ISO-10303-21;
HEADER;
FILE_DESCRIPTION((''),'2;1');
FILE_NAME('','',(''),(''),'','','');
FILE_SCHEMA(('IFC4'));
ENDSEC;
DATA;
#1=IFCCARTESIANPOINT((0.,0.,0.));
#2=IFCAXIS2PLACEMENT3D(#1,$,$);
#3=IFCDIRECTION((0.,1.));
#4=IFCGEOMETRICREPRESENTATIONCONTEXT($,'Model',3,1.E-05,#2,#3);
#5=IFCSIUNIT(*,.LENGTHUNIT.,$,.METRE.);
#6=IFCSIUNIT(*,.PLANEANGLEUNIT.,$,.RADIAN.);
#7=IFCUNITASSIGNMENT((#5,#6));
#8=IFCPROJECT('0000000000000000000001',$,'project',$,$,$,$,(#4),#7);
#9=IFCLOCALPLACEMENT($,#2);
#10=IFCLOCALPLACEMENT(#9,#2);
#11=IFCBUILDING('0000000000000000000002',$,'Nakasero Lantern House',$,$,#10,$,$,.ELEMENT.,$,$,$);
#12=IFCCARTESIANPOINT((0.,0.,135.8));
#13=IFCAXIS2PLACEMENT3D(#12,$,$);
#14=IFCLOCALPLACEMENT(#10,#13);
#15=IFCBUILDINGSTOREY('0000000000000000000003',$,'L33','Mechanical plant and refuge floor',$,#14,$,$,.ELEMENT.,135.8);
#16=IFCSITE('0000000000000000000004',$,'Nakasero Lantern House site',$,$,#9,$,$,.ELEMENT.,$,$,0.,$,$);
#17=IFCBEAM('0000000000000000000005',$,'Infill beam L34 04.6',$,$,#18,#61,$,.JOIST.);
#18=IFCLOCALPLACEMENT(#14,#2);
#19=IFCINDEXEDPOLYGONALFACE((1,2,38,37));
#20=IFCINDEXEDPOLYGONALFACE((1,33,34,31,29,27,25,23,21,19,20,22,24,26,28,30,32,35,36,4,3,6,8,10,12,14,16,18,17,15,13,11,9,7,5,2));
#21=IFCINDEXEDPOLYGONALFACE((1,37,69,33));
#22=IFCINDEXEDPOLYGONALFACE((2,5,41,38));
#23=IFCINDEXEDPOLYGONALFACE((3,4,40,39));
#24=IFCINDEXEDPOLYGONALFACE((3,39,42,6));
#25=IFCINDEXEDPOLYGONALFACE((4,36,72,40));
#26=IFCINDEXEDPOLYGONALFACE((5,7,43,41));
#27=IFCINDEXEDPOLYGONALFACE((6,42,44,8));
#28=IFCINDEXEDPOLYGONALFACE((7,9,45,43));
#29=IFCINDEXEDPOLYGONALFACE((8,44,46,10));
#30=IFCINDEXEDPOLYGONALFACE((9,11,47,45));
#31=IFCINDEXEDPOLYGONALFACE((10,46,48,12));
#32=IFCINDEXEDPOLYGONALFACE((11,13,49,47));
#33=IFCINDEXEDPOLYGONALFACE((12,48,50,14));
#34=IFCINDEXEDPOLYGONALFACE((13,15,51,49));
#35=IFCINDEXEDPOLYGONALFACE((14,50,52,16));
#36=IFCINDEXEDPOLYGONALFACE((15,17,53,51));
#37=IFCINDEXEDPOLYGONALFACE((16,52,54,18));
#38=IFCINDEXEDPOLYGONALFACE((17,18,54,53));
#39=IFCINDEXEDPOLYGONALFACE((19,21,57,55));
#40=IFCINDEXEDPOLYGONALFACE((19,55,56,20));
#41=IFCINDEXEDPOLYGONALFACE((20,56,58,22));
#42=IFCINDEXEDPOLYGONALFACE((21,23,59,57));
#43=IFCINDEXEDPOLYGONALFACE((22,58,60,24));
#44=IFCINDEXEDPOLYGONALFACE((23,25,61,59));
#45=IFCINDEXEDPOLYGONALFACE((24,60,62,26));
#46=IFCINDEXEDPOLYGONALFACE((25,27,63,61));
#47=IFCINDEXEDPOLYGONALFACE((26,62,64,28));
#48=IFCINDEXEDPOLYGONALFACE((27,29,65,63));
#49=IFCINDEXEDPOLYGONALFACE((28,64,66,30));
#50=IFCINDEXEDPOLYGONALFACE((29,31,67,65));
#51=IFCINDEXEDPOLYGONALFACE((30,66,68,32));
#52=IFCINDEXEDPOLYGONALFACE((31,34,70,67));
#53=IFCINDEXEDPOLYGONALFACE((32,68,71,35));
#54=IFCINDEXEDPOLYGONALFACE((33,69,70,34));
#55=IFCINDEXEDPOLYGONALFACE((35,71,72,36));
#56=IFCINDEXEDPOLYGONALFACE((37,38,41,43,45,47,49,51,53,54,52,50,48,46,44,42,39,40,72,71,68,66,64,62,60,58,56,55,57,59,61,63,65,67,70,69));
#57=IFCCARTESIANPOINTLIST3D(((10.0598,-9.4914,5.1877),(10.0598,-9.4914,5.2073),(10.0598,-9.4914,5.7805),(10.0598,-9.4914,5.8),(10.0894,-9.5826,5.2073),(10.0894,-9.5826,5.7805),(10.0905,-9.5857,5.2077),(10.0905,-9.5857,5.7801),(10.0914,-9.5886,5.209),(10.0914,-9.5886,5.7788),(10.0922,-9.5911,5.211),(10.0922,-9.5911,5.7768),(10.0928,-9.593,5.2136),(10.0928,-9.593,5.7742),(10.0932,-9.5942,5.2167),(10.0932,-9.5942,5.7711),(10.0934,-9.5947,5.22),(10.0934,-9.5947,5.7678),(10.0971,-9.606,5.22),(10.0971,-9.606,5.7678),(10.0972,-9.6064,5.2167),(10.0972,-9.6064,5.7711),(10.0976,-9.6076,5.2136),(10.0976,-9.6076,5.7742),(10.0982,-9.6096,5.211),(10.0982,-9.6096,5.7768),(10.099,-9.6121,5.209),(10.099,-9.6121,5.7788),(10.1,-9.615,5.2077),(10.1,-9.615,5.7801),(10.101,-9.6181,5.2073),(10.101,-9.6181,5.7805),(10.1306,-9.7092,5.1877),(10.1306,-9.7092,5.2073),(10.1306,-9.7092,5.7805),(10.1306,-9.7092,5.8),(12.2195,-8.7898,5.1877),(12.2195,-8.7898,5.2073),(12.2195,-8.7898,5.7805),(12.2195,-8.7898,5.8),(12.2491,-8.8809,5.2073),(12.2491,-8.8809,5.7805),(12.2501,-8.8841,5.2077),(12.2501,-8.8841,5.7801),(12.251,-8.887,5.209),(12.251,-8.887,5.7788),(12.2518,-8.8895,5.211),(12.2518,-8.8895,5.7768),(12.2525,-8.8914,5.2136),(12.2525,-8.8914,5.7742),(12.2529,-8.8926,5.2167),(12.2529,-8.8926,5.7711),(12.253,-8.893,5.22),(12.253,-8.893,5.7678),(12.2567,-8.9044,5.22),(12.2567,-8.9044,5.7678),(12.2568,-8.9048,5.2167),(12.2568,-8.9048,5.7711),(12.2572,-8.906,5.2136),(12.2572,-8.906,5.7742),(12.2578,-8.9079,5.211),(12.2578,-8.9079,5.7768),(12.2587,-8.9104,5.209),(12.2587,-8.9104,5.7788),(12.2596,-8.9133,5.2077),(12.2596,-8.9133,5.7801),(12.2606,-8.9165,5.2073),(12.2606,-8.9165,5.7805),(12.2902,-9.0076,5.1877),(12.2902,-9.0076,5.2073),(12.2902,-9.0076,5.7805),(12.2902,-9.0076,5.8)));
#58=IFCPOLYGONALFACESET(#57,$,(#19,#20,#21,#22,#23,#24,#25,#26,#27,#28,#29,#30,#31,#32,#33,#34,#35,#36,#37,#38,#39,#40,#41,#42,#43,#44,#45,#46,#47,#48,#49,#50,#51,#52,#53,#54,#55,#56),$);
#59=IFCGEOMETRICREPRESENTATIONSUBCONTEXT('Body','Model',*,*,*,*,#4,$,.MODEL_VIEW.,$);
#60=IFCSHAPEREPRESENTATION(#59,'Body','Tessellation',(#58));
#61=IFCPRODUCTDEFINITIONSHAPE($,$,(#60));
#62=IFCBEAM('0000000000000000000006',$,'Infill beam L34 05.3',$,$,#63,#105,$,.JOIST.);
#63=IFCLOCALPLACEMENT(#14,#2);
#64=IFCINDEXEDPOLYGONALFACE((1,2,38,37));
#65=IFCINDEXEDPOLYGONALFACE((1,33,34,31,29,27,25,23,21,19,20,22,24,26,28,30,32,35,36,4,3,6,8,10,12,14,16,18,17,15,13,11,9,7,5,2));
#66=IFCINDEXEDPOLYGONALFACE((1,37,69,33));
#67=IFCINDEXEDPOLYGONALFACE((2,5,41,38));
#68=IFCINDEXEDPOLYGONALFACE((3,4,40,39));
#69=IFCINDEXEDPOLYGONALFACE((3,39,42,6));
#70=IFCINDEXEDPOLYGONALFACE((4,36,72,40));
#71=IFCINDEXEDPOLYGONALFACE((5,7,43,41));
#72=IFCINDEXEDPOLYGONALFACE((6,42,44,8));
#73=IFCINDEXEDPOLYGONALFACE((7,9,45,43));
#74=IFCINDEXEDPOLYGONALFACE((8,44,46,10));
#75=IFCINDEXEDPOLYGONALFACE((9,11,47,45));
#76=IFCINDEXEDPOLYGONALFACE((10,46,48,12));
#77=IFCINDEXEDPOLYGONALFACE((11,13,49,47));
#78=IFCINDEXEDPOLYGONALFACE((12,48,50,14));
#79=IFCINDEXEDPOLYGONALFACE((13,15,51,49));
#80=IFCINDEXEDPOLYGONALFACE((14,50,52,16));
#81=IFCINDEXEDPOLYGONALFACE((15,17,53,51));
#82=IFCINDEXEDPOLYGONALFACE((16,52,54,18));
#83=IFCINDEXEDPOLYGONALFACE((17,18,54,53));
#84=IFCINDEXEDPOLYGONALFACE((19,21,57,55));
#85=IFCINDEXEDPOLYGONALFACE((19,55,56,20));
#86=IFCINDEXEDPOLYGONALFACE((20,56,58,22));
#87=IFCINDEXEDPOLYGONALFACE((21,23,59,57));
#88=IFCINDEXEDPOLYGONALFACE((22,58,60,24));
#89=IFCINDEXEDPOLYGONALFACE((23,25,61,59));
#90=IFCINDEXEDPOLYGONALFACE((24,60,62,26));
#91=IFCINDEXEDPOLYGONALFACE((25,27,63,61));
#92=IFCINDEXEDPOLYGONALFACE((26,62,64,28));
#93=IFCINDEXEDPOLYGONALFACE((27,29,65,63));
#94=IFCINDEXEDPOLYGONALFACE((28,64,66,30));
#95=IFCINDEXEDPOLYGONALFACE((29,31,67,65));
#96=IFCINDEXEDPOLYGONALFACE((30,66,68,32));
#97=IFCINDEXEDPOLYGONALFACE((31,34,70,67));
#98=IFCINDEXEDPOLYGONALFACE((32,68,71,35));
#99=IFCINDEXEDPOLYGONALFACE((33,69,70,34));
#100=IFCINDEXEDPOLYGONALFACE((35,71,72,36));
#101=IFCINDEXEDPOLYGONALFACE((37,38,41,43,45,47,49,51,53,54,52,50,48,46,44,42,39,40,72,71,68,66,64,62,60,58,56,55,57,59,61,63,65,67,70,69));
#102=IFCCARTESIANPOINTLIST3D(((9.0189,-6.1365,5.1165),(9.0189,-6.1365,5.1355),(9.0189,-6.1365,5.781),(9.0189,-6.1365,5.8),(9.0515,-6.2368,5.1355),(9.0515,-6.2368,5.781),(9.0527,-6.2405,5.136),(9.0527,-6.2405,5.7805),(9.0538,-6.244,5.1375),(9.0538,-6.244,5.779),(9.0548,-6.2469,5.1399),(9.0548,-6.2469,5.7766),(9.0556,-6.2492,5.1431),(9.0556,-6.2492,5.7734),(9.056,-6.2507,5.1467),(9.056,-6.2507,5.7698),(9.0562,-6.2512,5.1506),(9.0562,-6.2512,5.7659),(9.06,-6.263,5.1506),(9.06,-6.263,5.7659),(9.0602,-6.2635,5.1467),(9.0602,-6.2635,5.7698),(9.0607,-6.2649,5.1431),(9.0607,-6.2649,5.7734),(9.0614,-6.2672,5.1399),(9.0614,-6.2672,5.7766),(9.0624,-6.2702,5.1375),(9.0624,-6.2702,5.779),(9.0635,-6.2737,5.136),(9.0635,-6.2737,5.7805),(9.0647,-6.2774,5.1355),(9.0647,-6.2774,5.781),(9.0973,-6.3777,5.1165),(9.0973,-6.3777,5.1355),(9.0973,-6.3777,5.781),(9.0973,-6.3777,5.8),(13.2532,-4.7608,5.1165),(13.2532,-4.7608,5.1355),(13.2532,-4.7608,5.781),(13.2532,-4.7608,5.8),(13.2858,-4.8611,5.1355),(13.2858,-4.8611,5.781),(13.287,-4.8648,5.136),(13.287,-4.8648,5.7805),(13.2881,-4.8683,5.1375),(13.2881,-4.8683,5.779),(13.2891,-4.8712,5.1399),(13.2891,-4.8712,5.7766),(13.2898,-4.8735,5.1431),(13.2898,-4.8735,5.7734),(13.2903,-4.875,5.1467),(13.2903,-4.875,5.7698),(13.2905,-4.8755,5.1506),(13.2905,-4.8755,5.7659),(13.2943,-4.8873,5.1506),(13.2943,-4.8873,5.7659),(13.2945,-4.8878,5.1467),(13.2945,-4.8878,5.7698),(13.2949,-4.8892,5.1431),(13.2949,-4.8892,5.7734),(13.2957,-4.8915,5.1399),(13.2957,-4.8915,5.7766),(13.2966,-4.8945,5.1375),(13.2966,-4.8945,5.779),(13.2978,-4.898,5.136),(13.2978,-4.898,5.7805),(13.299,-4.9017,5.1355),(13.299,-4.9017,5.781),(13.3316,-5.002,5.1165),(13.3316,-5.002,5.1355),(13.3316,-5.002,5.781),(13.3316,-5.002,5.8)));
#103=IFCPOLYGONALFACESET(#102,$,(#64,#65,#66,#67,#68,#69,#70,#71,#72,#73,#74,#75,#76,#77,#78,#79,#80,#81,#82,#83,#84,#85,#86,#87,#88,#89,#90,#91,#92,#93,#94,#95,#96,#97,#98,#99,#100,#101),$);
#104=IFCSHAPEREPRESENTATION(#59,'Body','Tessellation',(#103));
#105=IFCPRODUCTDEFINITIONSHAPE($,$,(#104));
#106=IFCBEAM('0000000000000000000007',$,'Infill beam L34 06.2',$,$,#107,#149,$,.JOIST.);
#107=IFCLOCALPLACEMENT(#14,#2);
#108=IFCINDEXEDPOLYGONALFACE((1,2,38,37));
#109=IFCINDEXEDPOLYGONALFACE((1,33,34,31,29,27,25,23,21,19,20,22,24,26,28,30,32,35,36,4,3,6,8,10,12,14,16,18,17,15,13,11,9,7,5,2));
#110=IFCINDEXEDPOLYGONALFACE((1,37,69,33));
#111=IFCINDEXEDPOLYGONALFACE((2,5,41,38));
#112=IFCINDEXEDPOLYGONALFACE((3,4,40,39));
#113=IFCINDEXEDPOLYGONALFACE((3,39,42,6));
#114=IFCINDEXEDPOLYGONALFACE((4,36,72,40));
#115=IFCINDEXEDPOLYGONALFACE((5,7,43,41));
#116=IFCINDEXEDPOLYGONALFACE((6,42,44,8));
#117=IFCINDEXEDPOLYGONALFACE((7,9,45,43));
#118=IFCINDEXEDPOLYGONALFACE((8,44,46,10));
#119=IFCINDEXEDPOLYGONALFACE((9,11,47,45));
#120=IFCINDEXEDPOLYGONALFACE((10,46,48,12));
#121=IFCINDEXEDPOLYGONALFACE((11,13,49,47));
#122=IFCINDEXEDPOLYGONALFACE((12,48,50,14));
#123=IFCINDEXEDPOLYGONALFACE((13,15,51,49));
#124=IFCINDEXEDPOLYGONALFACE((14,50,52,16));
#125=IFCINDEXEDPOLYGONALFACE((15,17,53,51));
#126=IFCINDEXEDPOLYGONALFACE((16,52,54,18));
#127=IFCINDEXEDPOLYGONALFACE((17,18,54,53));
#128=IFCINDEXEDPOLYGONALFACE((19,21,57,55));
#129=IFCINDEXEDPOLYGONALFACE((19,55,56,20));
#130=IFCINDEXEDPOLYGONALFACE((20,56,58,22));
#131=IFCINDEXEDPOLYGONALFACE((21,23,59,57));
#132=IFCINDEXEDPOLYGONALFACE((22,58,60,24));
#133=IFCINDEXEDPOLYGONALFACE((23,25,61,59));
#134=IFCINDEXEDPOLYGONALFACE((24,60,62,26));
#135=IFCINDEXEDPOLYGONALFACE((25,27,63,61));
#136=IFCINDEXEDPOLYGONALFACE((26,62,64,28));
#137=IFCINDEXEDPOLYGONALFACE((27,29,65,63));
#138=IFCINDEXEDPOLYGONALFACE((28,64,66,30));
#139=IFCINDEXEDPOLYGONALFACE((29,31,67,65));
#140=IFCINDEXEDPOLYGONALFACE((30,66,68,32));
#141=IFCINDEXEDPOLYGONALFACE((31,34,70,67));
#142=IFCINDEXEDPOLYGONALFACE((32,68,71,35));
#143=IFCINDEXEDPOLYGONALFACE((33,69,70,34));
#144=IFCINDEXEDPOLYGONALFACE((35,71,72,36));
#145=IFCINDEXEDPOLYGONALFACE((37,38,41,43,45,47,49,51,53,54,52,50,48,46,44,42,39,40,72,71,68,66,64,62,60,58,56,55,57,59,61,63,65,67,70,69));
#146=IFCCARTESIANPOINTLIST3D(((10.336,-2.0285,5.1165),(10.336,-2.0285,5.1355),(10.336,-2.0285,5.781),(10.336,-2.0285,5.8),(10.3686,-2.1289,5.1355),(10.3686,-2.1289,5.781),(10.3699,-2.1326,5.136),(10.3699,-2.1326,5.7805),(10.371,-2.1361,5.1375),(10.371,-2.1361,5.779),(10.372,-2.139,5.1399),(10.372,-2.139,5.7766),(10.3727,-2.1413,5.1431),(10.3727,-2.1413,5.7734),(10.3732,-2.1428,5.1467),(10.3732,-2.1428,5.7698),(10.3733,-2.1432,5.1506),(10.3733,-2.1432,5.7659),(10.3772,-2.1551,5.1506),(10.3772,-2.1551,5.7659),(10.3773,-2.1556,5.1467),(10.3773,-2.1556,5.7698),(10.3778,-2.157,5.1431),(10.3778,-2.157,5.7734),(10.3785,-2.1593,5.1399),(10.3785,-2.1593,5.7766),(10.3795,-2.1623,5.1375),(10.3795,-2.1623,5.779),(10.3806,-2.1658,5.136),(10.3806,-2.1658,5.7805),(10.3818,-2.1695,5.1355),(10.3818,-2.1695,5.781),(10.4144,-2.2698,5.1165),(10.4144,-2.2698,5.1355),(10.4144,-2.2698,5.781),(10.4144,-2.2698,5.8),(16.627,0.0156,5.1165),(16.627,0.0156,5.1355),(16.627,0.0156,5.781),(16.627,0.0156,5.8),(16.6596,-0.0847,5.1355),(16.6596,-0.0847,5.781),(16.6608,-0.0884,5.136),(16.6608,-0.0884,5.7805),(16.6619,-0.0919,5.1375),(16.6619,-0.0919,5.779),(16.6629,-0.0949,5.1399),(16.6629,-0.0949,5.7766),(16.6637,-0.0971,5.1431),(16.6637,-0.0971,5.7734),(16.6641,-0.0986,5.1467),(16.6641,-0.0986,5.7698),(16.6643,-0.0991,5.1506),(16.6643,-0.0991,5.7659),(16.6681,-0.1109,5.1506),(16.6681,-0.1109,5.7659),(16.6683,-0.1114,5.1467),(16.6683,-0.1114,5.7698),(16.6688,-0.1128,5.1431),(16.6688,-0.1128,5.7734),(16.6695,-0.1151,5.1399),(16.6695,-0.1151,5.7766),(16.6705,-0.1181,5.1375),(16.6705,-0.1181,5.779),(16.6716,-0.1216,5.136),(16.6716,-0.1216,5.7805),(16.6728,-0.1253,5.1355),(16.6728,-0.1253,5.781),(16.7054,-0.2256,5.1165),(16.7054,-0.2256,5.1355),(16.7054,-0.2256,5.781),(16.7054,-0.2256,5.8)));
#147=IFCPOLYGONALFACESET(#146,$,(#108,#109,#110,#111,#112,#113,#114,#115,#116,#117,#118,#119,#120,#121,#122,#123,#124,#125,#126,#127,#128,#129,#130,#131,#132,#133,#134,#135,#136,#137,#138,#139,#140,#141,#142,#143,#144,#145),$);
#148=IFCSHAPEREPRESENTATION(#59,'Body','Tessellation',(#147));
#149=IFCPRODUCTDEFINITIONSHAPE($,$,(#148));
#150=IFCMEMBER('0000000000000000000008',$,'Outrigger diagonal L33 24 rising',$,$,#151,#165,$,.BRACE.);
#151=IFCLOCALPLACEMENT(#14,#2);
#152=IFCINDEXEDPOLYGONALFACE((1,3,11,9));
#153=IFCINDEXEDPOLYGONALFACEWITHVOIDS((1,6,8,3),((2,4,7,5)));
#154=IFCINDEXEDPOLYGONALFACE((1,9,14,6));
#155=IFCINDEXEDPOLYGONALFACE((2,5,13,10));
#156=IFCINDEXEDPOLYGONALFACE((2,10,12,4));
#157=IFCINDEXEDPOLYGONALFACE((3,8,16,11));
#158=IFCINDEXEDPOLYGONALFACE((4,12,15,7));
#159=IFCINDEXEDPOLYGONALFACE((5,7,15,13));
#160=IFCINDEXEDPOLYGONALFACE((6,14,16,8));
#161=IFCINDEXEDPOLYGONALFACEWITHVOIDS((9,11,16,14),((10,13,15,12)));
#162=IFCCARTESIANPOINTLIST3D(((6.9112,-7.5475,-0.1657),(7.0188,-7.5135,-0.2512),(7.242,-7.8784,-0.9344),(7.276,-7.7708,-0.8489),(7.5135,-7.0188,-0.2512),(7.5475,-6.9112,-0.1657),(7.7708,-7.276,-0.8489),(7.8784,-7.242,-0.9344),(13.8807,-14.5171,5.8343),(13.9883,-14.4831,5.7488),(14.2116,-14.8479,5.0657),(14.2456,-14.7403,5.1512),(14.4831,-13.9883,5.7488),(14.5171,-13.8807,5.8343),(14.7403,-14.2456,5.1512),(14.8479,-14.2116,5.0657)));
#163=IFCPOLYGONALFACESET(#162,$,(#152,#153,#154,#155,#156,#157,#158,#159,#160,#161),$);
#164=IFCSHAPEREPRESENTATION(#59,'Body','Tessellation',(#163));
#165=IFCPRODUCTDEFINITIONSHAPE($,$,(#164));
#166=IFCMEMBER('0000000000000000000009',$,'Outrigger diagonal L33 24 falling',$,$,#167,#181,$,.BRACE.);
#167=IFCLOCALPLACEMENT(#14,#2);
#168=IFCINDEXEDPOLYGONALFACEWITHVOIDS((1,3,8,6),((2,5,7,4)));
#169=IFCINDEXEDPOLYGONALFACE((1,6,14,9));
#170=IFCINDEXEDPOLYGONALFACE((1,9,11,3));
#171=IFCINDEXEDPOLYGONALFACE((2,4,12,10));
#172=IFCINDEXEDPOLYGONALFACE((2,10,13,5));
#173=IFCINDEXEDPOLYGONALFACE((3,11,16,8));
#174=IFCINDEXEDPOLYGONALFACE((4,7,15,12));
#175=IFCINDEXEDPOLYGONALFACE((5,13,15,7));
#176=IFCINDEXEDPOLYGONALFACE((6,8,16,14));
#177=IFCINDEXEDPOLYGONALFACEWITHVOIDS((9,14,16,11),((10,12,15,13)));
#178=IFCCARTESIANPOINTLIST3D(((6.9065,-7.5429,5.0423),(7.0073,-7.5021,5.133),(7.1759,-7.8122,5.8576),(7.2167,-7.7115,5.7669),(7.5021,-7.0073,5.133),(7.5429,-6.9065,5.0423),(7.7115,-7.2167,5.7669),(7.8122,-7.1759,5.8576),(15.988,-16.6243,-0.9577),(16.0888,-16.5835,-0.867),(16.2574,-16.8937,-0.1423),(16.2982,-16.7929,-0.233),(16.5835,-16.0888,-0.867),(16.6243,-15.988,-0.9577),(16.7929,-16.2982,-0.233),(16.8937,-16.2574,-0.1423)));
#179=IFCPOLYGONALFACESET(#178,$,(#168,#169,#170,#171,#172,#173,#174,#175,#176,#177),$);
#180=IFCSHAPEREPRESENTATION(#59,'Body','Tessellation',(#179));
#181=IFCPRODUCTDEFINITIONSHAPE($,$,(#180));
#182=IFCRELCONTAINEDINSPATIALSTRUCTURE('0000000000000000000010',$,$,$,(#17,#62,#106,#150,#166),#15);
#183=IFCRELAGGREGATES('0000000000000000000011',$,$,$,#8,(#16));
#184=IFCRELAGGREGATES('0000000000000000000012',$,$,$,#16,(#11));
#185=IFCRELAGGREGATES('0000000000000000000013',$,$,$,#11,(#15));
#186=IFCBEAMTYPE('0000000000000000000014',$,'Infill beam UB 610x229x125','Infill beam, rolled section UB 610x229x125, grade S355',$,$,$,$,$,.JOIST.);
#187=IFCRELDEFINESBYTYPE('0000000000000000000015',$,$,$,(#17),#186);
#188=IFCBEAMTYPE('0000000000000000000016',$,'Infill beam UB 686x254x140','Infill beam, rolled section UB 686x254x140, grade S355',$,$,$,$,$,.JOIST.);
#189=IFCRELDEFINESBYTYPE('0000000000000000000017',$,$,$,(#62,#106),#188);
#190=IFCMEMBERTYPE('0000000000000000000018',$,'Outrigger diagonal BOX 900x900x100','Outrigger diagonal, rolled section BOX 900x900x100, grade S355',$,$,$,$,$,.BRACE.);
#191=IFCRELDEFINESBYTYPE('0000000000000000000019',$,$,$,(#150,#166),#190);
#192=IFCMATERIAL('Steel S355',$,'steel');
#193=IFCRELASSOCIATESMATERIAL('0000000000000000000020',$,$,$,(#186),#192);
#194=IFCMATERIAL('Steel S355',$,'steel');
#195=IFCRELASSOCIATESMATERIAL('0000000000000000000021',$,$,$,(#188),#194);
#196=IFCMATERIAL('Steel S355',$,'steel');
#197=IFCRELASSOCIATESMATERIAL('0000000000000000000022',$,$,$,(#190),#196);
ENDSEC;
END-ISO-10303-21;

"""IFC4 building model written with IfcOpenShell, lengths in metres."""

from ifc_helpers import new_model, si_unit, direction, frame, origin, origin_2d, place, context, subcontext, project, spatial, hollow_rectangle, i_section, extrude, material, material_profile, profile_set, type_object, element, save


model = new_model("IFC4")

# Units and contexts
model_context = context("Model", 3, precision=1e-05, world=origin(), true_north=direction((0.0, 1.0)))
body_context = subcontext(model_context, "Body", "Model", "MODEL_VIEW")
ifc_project = project(units=[si_unit("LENGTHUNIT", "METRE"), si_unit("PLANEANGLEUNIT", "RADIAN")], contexts=[model_context])

# Site, building, storey
site_placement = place(None, origin())
site = spatial("IfcSite", under=ifc_project, at=site_placement, Name="Nakasero Lantern House site", CompositionType="ELEMENT", RefElevation=0.0)
building_placement = place(site_placement, origin())
building = spatial("IfcBuilding", under=site, at=building_placement, Name="Nakasero Lantern House", CompositionType="ELEMENT")
storey_placement = place(building_placement, frame((0.0, 0.0, 135.8)))
storey = spatial("IfcBuildingStorey", under=building, at=storey_placement, Name="L33", Description="Mechanical plant and refuge floor", CompositionType="ELEMENT", Elevation=135.8)

# Beams
ifc_material_1 = material(Name="Steel S355", Category="steel")
ifc_material_profile_1 = material_profile(ifc_material_1, i_section(OverallWidth=0.229, OverallDepth=0.6123, WebThickness=0.012, FlangeThickness=0.0195, FilletRadius=0.0127, at=origin_2d()), Name="UB 610x229x125")
ifc_profile_set_1 = profile_set([ifc_material_profile_1], Name="Steel S355")
beam_type_1 = type_object("IfcBeamType", Name="Infill beam UB 610x229x125", Description="Infill beam, rolled section UB 610x229x125, grade S355", PredefinedType="JOIST", material=ifc_profile_set_1)
beam_1_placement = place(storey_placement, frame((10.0952, -9.6003, 5.4939), z_axis=(0.951064, 0.308994, 0.0), x_axis=(-0.308994, 0.951064, 0.0)))
element("IfcBeam", 1, at=beam_1_placement, inside=storey, type_object=beam_type_1, Name="Infill beam L34 04.6", PredefinedType="JOIST", context=body_context, shape_type="SweptSolid", body=[
    extrude(i_section(OverallWidth=0.229, OverallDepth=0.6123, WebThickness=0.012, FlangeThickness=0.0195, FilletRadius=0.0127, at=origin_2d()), origin(), (0.0, 0.0, 1.0), 2.2708),
])
ifc_material_2 = material(Name="Steel S355", Category="steel")
ifc_material_profile_2 = material_profile(ifc_material_2, i_section(OverallWidth=0.2537, OverallDepth=0.6836, WebThickness=0.0125, FlangeThickness=0.019, FilletRadius=0.0151, at=origin_2d()), Name="UB 686x254x140")
ifc_profile_set_2 = profile_set([ifc_material_profile_2], Name="Steel S355")
beam_type_2 = type_object("IfcBeamType", Name="Infill beam UB 686x254x140", Description="Infill beam, rolled section UB 686x254x140, grade S355", PredefinedType="JOIST", material=ifc_profile_set_2)
beam_2_placement = place(storey_placement, frame((9.0581, -6.2571, 5.4583), z_axis=(0.951063, 0.308997, 0.0), x_axis=(-0.308997, 0.951063, 0.0)))
element("IfcBeam", 2, at=beam_2_placement, inside=storey, type_object=beam_type_2, Name="Infill beam L34 05.3", PredefinedType="JOIST", context=body_context, shape_type="SweptSolid", body=[
    extrude(i_section(OverallWidth=0.2537, OverallDepth=0.6836, WebThickness=0.0125, FlangeThickness=0.019, FilletRadius=0.0151, at=origin_2d()), origin(), (0.0, 0.0, 1.0), 4.4521),
])
beam_3_placement = place(storey_placement, frame((10.3752, -2.1492, 5.4583), z_axis=(0.951051, 0.309033, 0.0), x_axis=(-0.309033, 0.951051, 0.0)))
element("IfcBeam", 3, at=beam_3_placement, inside=storey, type_object=beam_type_2, Name="Infill beam L34 06.2", PredefinedType="JOIST", context=body_context, shape_type="SweptSolid", body=[
    extrude(i_section(OverallWidth=0.2537, OverallDepth=0.6836, WebThickness=0.0125, FlangeThickness=0.019, FilletRadius=0.0151, at=origin_2d()), origin(), (0.0, 0.0, 1.0), 6.6147),
])

# Members
ifc_material_3 = material(Name="Steel S355", Category="steel")
ifc_material_profile_3 = material_profile(ifc_material_3, hollow_rectangle(XDim=0.8999, YDim=0.8999, WallThickness=0.1001, at=origin_2d()), Name="BOX 900x900x100")
ifc_profile_set_3 = profile_set([ifc_material_profile_3], Name="Steel S355")
member_type = type_object("IfcMemberType", Name="Outrigger diagonal BOX 900x900x100", Description="Outrigger diagonal, rolled section BOX 900x900x100, grade S355", PredefinedType="BRACE", material=ifc_profile_set_3)
member_1_placement = place(storey_placement, frame((7.3948, -7.3948, -0.55), z_axis=(0.603996, -0.603996, 0.519978), x_axis=(0.707107, 0.707107, 0.0)))
element("IfcMember", 4, at=member_1_placement, inside=storey, type_object=member_type, Name="Outrigger diagonal L33 24 rising", PredefinedType="BRACE", context=body_context, shape_type="SweptSolid", body=[
    extrude(hollow_rectangle(XDim=0.8999, YDim=0.8999, WallThickness=0.1001, at=origin_2d()), origin(), (0.0, 0.0, 1.0), 11.5391),
])
member_2_placement = place(storey_placement, frame((7.3594, -7.3594, 5.45), z_axis=(0.640644, -0.640644, -0.423261), x_axis=(0.707107, 0.707107, 0.0)))
element("IfcMember", 5, at=member_2_placement, inside=storey, type_object=member_type, Name="Outrigger diagonal L33 24 falling", PredefinedType="BRACE", context=body_context, shape_type="SweptSolid", body=[
    extrude(hollow_rectangle(XDim=0.8999, YDim=0.8999, WallThickness=0.1001, at=origin_2d()), origin(), (0.0, 0.0, 1.0), 14.1755),
])

save(model, "model.ifc")
